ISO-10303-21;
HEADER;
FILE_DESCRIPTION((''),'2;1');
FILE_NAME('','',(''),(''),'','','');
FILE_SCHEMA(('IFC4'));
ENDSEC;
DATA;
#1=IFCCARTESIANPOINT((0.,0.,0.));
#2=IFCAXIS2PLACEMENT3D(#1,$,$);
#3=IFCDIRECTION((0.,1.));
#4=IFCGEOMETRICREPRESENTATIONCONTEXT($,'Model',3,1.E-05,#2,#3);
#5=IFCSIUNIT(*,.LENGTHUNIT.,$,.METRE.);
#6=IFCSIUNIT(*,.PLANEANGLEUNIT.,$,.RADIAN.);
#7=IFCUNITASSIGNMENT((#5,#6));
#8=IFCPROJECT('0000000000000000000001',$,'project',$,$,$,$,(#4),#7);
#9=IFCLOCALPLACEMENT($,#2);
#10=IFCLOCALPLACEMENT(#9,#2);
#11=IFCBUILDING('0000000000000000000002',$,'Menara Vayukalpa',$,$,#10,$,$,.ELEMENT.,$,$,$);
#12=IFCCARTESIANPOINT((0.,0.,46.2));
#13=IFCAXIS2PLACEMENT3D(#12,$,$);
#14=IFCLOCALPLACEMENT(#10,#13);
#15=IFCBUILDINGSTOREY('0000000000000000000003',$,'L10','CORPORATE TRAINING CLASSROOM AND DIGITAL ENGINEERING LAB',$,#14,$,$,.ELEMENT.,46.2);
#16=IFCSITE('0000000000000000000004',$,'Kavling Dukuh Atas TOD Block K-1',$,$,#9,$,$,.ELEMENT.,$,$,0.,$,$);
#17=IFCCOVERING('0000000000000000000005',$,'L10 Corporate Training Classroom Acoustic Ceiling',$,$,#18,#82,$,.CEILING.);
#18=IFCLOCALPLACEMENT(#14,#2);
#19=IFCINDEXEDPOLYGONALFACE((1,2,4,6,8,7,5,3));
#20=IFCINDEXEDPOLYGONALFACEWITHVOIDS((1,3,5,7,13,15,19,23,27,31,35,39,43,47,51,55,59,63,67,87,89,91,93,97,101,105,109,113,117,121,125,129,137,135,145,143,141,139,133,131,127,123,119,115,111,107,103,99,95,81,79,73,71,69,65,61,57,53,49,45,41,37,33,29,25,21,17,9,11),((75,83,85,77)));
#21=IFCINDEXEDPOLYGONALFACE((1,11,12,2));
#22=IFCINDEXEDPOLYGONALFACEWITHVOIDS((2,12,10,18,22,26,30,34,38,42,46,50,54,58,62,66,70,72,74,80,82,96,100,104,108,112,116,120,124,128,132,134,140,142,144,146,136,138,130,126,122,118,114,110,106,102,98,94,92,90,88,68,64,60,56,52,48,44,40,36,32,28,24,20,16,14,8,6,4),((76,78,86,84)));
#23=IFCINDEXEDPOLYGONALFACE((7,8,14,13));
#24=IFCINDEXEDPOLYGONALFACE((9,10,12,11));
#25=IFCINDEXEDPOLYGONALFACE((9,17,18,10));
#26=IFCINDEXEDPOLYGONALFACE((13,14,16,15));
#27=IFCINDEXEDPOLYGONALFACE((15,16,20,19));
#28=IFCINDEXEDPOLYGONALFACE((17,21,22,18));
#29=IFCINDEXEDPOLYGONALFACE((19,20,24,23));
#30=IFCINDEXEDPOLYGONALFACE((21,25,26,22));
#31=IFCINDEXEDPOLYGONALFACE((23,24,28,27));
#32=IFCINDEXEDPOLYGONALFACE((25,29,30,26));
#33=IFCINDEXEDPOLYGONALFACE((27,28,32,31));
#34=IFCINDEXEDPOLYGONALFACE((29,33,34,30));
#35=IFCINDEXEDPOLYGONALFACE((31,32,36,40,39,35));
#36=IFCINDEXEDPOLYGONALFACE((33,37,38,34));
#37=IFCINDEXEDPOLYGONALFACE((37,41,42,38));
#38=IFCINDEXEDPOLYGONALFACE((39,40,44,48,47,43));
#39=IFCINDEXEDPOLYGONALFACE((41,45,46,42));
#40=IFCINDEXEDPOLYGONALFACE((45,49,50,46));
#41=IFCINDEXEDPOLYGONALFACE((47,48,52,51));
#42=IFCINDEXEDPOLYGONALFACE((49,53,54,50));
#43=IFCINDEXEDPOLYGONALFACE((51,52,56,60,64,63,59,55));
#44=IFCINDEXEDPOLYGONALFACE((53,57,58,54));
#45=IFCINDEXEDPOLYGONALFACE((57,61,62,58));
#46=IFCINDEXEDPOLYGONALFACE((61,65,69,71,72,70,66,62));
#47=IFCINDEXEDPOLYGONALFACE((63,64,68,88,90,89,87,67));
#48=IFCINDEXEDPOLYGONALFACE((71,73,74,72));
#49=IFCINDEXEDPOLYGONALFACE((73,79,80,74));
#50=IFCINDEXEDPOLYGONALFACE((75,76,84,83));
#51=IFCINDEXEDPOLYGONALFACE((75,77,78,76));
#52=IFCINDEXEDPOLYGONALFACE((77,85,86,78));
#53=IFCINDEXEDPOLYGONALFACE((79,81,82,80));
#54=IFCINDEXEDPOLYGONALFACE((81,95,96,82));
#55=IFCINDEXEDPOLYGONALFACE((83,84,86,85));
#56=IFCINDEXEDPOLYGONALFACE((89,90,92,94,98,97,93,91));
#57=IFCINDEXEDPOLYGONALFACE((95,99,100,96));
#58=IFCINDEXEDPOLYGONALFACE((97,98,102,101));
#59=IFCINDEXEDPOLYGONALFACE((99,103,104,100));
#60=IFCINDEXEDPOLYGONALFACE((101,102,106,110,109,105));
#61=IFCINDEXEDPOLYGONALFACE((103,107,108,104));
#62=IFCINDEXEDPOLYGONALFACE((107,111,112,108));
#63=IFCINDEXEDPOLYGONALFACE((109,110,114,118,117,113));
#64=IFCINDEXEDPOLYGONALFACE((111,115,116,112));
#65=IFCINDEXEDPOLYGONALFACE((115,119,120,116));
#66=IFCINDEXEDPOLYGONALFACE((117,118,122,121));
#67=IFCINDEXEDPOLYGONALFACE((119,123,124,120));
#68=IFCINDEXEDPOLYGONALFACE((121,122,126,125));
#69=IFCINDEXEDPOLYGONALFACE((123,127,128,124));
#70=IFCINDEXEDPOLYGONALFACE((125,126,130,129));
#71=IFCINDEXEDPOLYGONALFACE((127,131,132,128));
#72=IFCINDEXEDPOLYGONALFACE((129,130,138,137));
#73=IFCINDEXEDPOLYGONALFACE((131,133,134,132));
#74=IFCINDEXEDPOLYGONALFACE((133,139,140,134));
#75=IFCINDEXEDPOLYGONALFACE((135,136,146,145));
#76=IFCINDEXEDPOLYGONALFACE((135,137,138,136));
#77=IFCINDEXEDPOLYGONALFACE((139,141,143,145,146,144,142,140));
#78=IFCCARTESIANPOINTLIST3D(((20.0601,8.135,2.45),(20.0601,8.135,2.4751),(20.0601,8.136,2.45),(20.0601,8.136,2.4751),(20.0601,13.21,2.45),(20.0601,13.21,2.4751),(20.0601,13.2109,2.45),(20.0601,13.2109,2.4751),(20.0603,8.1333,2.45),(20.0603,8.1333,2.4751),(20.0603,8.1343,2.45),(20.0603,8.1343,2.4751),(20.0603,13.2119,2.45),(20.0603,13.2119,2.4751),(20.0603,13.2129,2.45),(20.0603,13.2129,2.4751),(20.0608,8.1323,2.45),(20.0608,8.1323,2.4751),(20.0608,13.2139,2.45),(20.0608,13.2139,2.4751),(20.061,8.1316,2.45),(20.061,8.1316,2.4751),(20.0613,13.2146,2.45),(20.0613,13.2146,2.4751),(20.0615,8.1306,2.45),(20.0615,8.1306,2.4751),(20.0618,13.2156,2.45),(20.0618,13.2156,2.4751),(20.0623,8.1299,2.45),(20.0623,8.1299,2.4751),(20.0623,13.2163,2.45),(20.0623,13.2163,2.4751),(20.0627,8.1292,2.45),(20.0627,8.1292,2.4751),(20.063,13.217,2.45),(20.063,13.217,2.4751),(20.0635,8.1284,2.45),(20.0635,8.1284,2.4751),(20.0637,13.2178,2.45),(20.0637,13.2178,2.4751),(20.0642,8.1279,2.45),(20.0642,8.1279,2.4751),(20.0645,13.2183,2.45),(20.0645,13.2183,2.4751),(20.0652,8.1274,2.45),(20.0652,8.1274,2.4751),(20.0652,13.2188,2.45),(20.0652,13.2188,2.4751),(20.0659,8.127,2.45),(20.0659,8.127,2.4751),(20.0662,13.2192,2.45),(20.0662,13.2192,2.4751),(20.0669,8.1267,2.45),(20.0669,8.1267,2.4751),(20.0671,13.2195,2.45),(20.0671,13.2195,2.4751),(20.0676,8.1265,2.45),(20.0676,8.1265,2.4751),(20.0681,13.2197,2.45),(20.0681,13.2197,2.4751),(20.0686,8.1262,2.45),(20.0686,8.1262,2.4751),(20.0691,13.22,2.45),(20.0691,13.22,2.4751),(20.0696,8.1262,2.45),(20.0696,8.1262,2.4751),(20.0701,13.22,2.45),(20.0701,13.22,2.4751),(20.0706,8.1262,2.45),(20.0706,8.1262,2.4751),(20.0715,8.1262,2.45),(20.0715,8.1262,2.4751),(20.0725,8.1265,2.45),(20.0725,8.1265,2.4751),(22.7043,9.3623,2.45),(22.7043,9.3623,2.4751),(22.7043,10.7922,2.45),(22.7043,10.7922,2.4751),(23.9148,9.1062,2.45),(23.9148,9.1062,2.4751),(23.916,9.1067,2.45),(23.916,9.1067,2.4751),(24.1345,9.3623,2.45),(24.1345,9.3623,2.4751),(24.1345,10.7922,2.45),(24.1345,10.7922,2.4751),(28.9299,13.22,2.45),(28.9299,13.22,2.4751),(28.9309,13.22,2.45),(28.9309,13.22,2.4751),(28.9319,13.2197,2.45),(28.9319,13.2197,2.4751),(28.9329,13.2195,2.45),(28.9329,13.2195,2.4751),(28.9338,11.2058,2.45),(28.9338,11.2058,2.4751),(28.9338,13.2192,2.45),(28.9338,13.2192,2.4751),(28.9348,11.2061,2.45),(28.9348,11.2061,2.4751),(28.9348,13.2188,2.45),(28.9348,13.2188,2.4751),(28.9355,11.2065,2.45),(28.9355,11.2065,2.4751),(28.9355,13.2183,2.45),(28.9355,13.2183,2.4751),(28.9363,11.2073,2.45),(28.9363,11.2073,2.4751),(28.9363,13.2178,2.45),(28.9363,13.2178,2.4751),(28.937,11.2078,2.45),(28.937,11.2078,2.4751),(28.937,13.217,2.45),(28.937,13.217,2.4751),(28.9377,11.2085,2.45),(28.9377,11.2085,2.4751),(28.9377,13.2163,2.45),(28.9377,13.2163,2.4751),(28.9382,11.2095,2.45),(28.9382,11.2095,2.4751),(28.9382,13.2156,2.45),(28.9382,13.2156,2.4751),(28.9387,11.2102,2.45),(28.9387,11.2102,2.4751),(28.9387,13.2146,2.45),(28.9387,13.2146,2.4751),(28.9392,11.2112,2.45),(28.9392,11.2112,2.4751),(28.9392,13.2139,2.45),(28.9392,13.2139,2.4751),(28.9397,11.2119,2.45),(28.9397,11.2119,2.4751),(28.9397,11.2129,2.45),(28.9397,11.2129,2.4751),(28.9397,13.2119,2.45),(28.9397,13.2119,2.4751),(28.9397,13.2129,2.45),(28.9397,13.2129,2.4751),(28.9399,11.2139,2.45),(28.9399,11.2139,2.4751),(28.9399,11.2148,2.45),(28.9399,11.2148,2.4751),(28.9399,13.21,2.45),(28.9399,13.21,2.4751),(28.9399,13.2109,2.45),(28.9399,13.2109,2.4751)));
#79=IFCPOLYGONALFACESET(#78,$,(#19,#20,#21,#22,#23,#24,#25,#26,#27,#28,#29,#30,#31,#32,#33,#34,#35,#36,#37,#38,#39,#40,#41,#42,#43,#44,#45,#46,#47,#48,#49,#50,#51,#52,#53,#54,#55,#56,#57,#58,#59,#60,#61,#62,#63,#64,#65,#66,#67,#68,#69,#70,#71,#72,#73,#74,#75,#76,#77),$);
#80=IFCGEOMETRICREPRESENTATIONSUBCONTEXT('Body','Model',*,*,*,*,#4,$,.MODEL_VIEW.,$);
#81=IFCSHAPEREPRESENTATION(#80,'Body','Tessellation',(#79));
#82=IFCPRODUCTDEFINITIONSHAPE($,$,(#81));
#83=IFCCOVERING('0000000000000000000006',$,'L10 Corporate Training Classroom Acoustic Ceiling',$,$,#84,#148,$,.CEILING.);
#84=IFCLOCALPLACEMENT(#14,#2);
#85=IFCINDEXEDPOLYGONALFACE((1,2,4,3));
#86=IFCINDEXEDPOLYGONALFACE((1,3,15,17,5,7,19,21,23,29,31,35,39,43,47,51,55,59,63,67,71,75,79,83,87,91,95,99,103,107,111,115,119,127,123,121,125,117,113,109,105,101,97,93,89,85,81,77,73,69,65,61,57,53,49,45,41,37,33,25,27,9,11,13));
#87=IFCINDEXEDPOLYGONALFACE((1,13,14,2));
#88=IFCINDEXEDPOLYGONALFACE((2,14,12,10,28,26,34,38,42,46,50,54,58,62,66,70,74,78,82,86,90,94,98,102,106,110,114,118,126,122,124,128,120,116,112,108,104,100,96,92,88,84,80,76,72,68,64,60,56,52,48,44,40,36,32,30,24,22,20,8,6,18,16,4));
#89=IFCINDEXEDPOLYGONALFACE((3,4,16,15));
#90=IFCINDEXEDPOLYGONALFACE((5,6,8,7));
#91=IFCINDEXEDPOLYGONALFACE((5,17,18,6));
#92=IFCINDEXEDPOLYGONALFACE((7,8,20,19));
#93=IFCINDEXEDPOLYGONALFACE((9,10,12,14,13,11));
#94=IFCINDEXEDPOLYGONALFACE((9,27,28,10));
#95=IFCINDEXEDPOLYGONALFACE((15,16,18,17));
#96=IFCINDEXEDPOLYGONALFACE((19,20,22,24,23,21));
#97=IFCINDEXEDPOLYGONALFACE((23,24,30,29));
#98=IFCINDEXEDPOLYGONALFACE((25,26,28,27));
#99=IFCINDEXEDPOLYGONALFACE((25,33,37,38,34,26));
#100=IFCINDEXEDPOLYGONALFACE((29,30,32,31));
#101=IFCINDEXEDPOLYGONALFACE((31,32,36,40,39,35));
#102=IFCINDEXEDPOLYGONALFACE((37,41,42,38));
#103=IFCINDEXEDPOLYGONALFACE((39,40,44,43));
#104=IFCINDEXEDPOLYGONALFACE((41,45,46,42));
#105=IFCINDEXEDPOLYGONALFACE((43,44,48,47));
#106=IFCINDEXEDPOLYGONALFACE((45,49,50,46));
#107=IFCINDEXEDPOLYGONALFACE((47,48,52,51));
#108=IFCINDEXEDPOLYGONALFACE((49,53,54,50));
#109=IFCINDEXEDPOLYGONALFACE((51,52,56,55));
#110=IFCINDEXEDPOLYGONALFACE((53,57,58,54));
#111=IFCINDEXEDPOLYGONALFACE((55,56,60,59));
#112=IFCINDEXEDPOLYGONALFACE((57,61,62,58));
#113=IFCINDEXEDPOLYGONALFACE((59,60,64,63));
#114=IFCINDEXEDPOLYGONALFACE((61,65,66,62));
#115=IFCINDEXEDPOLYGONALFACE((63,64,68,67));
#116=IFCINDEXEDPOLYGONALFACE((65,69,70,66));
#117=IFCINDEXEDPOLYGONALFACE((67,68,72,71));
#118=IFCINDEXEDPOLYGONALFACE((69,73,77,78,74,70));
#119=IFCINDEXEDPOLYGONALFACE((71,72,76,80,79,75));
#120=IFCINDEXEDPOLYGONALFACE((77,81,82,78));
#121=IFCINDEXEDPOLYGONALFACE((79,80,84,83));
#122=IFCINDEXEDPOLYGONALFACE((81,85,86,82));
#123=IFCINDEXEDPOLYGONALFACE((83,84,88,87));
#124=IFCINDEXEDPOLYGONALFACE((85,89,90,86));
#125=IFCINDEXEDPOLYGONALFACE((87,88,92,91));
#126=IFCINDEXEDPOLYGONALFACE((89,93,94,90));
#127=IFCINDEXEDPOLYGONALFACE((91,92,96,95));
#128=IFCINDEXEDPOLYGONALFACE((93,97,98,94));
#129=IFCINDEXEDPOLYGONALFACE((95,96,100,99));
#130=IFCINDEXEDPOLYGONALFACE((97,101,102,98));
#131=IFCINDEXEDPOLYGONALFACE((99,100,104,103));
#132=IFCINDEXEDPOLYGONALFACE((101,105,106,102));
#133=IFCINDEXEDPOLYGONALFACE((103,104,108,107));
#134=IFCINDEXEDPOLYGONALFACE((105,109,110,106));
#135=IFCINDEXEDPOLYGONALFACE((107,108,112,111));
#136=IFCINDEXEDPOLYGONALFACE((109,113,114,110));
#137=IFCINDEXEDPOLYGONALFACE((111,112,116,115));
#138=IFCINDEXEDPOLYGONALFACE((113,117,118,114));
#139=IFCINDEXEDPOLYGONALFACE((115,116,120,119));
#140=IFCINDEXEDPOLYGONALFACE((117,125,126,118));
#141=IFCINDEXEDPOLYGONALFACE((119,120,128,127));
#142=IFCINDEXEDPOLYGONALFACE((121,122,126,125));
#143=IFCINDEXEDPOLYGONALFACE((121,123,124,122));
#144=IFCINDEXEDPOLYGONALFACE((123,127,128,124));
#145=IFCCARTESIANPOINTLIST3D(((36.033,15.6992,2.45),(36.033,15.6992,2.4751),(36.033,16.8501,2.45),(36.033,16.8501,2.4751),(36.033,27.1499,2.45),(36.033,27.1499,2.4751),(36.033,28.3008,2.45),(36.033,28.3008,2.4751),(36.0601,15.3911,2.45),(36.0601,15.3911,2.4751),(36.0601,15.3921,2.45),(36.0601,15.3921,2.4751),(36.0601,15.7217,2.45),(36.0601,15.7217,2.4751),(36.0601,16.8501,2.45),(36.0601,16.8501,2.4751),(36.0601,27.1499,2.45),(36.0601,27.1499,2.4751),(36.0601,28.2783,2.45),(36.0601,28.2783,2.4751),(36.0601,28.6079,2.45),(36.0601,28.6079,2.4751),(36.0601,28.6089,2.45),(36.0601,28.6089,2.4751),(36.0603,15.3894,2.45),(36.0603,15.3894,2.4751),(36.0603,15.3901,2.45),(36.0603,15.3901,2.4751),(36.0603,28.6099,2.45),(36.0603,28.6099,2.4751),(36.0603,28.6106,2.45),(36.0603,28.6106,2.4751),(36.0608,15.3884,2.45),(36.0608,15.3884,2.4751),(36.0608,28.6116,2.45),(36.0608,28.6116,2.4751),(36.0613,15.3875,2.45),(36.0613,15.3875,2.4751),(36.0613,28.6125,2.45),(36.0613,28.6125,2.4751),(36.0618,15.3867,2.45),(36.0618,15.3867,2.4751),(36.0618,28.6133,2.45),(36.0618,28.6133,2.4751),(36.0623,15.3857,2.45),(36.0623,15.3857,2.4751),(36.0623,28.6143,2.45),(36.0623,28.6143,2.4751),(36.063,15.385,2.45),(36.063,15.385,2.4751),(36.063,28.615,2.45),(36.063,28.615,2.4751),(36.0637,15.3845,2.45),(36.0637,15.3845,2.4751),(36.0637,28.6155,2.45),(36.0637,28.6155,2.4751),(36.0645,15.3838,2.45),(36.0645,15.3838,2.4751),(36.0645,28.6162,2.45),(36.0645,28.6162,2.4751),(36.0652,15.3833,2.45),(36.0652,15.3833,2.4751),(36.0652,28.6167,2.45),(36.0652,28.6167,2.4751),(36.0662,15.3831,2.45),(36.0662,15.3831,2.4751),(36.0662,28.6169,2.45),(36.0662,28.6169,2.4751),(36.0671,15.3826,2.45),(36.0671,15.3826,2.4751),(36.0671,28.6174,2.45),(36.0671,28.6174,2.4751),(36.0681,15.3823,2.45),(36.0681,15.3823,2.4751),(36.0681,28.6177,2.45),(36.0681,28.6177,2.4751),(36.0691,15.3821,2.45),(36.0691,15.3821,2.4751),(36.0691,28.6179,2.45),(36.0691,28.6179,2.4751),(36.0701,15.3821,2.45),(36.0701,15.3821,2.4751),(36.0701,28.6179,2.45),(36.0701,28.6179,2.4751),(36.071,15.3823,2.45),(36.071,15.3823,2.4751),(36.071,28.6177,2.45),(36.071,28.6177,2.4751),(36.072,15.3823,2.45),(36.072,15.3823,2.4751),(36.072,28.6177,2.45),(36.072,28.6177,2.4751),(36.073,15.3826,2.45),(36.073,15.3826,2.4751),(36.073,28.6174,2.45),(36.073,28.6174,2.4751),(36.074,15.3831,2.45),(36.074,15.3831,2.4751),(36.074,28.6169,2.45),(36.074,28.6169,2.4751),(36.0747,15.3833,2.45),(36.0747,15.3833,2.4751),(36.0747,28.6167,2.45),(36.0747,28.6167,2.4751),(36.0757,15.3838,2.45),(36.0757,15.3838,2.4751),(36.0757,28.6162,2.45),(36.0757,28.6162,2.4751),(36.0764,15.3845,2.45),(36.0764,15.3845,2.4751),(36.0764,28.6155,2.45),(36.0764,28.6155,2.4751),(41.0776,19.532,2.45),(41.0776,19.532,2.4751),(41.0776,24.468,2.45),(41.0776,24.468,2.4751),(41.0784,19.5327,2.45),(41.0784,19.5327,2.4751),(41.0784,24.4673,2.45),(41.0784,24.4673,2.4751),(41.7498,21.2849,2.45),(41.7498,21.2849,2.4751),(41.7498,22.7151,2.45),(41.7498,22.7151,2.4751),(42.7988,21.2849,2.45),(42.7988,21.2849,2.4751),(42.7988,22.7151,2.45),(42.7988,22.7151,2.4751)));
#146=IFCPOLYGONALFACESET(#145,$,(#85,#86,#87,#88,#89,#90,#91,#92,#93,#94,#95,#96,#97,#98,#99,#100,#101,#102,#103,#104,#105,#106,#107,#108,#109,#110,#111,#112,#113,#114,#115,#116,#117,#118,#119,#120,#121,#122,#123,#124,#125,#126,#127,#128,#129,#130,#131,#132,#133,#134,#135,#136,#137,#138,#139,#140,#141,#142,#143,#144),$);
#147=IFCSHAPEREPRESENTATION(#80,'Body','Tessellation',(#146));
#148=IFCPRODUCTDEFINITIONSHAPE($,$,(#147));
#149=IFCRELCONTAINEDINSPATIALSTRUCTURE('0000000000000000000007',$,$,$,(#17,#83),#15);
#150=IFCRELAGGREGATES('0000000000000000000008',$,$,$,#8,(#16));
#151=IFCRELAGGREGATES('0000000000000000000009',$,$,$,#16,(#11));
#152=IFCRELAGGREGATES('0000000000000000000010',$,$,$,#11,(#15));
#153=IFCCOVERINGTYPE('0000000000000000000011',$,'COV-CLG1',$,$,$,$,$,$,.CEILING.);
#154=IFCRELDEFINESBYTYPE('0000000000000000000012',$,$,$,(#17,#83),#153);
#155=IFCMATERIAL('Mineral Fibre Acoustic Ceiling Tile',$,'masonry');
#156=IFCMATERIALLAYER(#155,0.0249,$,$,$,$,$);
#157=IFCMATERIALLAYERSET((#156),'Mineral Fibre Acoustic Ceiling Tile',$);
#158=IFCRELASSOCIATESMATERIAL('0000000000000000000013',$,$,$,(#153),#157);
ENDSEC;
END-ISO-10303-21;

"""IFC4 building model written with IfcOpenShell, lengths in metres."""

from ifc_helpers import new_model, si_unit, direction, frame, origin, place, context, subcontext, project, spatial, polyline, outline, extrude, material, layer, layer_set, type_object, element, save


model = new_model("IFC4")

# Units and contexts
model_context = context("Model", 3, precision=1e-05, world=origin(), true_north=direction((0.0, 1.0)))
body_context = subcontext(model_context, "Body", "Model", "MODEL_VIEW")
ifc_project = project(units=[si_unit("LENGTHUNIT", "METRE"), si_unit("PLANEANGLEUNIT", "RADIAN")], contexts=[model_context])

# Site, building, storey
site_placement = place(None, origin())
site = spatial("IfcSite", under=ifc_project, at=site_placement, Name="Kavling Dukuh Atas TOD Block K-1", CompositionType="ELEMENT", RefElevation=0.0)
building_placement = place(site_placement, origin())
building = spatial("IfcBuilding", under=site, at=building_placement, Name="Menara Vayukalpa", CompositionType="ELEMENT")
storey_placement = place(building_placement, frame((0.0, 0.0, 46.2)))
storey = spatial("IfcBuildingStorey", under=building, at=storey_placement, Name="L10", Description="CORPORATE TRAINING CLASSROOM AND DIGITAL ENGINEERING LAB", CompositionType="ELEMENT", Elevation=46.2)

# Coverings
ifc_material_1 = material(Name="Mineral Fibre Acoustic Ceiling Tile", Category="masonry")
ifc_layer_1 = layer(ifc_material_1, 0.0249)
ifc_layer_set_1 = layer_set([ifc_layer_1], Name="Mineral Fibre Acoustic Ceiling Tile")
covering_type_1 = type_object("IfcCoveringType", Name="COV-CLG1", PredefinedType="CEILING", material=ifc_layer_set_1)
covering_1_placement = place(storey_placement, frame((0.0, 0.0, 2.45)))
element("IfcCovering", 1, at=covering_1_placement, inside=storey, type_object=covering_type_1, Name="L10 Corporate Training Classroom Acoustic Ceiling", PredefinedType="CEILING", context=body_context, shape_type="SweptSolid", body=[
    extrude(outline(polyline([(20.0725, 8.1265), (20.0715, 8.1262), (20.0706, 8.1262), (20.0696, 8.1262), (20.0686, 8.1262), (20.0676, 8.1265), (20.0669, 8.1267), (20.0659, 8.127), (20.0652, 8.1274), (20.0642, 8.1279), (20.0635, 8.1284), (20.0627, 8.1292), (20.0623, 8.1299), (20.0615, 8.1306), (20.061, 8.1316), (20.0608, 8.1323), (20.0603, 8.1333), (20.0603, 8.1343), (20.0601, 8.135), (20.0601, 8.136), (20.0601, 13.21), (20.0601, 13.2109), (20.0603, 13.2119), (20.0603, 13.2129), (20.0608, 13.2139), (20.0613, 13.2146), (20.0618, 13.2156), (20.0623, 13.2163), (20.063, 13.217), (20.0637, 13.2178), (20.0645, 13.2183), (20.0652, 13.2188), (20.0662, 13.2192), (20.0671, 13.2195), (20.0681, 13.2197), (20.0691, 13.22), (20.0701, 13.22), (28.9299, 13.22), (28.9309, 13.22), (28.9319, 13.2197), (28.9329, 13.2195), (28.9338, 13.2192), (28.9348, 13.2188), (28.9355, 13.2183), (28.9363, 13.2178), (28.937, 13.217), (28.9377, 13.2163), (28.9382, 13.2156), (28.9387, 13.2146), (28.9392, 13.2139), (28.9397, 13.2129), (28.9397, 13.2119), (28.9399, 13.2109), (28.9399, 13.21), (28.9399, 11.2148), (28.9399, 11.2139), (28.9397, 11.2129), (28.9397, 11.2119), (28.9392, 11.2112), (28.9387, 11.2102), (28.9382, 11.2095), (28.9377, 11.2085), (28.937, 11.2078), (28.9363, 11.2073), (28.9355, 11.2065), (28.9348, 11.2061), (28.9338, 11.2058), (23.916, 9.1067), (23.9148, 9.1062), (20.0725, 8.1265)]), holes=[polyline([(24.1345, 10.7922), (22.7043, 10.7922), (22.7043, 9.3623), (24.1345, 9.3623), (24.1345, 10.7922)])]), origin(), (0.0, 0.0, 1.0), 0.0251),
])
covering_2_placement = place(storey_placement, frame((0.0, 0.0, 2.45)))
element("IfcCovering", 2, at=covering_2_placement, inside=storey, type_object=covering_type_1, Name="L10 Corporate Training Classroom Acoustic Ceiling", PredefinedType="CEILING", context=body_context, shape_type="SweptSolid", body=[
    extrude(outline(polyline([(36.0601, 27.1499), (36.033, 27.1499), (36.033, 28.3008), (36.0601, 28.2783), (36.0601, 28.6079), (36.0601, 28.6089), (36.0603, 28.6099), (36.0603, 28.6106), (36.0608, 28.6116), (36.0613, 28.6125), (36.0618, 28.6133), (36.0623, 28.6143), (36.063, 28.615), (36.0637, 28.6155), (36.0645, 28.6162), (36.0652, 28.6167), (36.0662, 28.6169), (36.0671, 28.6174), (36.0681, 28.6177), (36.0691, 28.6179), (36.0701, 28.6179), (36.071, 28.6177), (36.072, 28.6177), (36.073, 28.6174), (36.074, 28.6169), (36.0747, 28.6167), (36.0757, 28.6162), (36.0764, 28.6155), (41.0776, 24.468), (41.0784, 24.4673), (42.7988, 22.7151), (41.7498, 22.7151), (41.7498, 21.2849), (42.7988, 21.2849), (41.0784, 19.5327), (41.0776, 19.532), (36.0764, 15.3845), (36.0757, 15.3838), (36.0747, 15.3833), (36.074, 15.3831), (36.073, 15.3826), (36.072, 15.3823), (36.071, 15.3823), (36.0701, 15.3821), (36.0691, 15.3821), (36.0681, 15.3823), (36.0671, 15.3826), (36.0662, 15.3831), (36.0652, 15.3833), (36.0645, 15.3838), (36.0637, 15.3845), (36.063, 15.385), (36.0623, 15.3857), (36.0618, 15.3867), (36.0613, 15.3875), (36.0608, 15.3884), (36.0603, 15.3894), (36.0603, 15.3901), (36.0601, 15.3911), (36.0601, 15.3921), (36.0601, 15.7217), (36.033, 15.6992), (36.033, 16.8501), (36.0601, 16.8501), (36.0601, 27.1499)])), origin(), (0.0, 0.0, 1.0), 0.0251),
])

save(model, "model.ifc")
